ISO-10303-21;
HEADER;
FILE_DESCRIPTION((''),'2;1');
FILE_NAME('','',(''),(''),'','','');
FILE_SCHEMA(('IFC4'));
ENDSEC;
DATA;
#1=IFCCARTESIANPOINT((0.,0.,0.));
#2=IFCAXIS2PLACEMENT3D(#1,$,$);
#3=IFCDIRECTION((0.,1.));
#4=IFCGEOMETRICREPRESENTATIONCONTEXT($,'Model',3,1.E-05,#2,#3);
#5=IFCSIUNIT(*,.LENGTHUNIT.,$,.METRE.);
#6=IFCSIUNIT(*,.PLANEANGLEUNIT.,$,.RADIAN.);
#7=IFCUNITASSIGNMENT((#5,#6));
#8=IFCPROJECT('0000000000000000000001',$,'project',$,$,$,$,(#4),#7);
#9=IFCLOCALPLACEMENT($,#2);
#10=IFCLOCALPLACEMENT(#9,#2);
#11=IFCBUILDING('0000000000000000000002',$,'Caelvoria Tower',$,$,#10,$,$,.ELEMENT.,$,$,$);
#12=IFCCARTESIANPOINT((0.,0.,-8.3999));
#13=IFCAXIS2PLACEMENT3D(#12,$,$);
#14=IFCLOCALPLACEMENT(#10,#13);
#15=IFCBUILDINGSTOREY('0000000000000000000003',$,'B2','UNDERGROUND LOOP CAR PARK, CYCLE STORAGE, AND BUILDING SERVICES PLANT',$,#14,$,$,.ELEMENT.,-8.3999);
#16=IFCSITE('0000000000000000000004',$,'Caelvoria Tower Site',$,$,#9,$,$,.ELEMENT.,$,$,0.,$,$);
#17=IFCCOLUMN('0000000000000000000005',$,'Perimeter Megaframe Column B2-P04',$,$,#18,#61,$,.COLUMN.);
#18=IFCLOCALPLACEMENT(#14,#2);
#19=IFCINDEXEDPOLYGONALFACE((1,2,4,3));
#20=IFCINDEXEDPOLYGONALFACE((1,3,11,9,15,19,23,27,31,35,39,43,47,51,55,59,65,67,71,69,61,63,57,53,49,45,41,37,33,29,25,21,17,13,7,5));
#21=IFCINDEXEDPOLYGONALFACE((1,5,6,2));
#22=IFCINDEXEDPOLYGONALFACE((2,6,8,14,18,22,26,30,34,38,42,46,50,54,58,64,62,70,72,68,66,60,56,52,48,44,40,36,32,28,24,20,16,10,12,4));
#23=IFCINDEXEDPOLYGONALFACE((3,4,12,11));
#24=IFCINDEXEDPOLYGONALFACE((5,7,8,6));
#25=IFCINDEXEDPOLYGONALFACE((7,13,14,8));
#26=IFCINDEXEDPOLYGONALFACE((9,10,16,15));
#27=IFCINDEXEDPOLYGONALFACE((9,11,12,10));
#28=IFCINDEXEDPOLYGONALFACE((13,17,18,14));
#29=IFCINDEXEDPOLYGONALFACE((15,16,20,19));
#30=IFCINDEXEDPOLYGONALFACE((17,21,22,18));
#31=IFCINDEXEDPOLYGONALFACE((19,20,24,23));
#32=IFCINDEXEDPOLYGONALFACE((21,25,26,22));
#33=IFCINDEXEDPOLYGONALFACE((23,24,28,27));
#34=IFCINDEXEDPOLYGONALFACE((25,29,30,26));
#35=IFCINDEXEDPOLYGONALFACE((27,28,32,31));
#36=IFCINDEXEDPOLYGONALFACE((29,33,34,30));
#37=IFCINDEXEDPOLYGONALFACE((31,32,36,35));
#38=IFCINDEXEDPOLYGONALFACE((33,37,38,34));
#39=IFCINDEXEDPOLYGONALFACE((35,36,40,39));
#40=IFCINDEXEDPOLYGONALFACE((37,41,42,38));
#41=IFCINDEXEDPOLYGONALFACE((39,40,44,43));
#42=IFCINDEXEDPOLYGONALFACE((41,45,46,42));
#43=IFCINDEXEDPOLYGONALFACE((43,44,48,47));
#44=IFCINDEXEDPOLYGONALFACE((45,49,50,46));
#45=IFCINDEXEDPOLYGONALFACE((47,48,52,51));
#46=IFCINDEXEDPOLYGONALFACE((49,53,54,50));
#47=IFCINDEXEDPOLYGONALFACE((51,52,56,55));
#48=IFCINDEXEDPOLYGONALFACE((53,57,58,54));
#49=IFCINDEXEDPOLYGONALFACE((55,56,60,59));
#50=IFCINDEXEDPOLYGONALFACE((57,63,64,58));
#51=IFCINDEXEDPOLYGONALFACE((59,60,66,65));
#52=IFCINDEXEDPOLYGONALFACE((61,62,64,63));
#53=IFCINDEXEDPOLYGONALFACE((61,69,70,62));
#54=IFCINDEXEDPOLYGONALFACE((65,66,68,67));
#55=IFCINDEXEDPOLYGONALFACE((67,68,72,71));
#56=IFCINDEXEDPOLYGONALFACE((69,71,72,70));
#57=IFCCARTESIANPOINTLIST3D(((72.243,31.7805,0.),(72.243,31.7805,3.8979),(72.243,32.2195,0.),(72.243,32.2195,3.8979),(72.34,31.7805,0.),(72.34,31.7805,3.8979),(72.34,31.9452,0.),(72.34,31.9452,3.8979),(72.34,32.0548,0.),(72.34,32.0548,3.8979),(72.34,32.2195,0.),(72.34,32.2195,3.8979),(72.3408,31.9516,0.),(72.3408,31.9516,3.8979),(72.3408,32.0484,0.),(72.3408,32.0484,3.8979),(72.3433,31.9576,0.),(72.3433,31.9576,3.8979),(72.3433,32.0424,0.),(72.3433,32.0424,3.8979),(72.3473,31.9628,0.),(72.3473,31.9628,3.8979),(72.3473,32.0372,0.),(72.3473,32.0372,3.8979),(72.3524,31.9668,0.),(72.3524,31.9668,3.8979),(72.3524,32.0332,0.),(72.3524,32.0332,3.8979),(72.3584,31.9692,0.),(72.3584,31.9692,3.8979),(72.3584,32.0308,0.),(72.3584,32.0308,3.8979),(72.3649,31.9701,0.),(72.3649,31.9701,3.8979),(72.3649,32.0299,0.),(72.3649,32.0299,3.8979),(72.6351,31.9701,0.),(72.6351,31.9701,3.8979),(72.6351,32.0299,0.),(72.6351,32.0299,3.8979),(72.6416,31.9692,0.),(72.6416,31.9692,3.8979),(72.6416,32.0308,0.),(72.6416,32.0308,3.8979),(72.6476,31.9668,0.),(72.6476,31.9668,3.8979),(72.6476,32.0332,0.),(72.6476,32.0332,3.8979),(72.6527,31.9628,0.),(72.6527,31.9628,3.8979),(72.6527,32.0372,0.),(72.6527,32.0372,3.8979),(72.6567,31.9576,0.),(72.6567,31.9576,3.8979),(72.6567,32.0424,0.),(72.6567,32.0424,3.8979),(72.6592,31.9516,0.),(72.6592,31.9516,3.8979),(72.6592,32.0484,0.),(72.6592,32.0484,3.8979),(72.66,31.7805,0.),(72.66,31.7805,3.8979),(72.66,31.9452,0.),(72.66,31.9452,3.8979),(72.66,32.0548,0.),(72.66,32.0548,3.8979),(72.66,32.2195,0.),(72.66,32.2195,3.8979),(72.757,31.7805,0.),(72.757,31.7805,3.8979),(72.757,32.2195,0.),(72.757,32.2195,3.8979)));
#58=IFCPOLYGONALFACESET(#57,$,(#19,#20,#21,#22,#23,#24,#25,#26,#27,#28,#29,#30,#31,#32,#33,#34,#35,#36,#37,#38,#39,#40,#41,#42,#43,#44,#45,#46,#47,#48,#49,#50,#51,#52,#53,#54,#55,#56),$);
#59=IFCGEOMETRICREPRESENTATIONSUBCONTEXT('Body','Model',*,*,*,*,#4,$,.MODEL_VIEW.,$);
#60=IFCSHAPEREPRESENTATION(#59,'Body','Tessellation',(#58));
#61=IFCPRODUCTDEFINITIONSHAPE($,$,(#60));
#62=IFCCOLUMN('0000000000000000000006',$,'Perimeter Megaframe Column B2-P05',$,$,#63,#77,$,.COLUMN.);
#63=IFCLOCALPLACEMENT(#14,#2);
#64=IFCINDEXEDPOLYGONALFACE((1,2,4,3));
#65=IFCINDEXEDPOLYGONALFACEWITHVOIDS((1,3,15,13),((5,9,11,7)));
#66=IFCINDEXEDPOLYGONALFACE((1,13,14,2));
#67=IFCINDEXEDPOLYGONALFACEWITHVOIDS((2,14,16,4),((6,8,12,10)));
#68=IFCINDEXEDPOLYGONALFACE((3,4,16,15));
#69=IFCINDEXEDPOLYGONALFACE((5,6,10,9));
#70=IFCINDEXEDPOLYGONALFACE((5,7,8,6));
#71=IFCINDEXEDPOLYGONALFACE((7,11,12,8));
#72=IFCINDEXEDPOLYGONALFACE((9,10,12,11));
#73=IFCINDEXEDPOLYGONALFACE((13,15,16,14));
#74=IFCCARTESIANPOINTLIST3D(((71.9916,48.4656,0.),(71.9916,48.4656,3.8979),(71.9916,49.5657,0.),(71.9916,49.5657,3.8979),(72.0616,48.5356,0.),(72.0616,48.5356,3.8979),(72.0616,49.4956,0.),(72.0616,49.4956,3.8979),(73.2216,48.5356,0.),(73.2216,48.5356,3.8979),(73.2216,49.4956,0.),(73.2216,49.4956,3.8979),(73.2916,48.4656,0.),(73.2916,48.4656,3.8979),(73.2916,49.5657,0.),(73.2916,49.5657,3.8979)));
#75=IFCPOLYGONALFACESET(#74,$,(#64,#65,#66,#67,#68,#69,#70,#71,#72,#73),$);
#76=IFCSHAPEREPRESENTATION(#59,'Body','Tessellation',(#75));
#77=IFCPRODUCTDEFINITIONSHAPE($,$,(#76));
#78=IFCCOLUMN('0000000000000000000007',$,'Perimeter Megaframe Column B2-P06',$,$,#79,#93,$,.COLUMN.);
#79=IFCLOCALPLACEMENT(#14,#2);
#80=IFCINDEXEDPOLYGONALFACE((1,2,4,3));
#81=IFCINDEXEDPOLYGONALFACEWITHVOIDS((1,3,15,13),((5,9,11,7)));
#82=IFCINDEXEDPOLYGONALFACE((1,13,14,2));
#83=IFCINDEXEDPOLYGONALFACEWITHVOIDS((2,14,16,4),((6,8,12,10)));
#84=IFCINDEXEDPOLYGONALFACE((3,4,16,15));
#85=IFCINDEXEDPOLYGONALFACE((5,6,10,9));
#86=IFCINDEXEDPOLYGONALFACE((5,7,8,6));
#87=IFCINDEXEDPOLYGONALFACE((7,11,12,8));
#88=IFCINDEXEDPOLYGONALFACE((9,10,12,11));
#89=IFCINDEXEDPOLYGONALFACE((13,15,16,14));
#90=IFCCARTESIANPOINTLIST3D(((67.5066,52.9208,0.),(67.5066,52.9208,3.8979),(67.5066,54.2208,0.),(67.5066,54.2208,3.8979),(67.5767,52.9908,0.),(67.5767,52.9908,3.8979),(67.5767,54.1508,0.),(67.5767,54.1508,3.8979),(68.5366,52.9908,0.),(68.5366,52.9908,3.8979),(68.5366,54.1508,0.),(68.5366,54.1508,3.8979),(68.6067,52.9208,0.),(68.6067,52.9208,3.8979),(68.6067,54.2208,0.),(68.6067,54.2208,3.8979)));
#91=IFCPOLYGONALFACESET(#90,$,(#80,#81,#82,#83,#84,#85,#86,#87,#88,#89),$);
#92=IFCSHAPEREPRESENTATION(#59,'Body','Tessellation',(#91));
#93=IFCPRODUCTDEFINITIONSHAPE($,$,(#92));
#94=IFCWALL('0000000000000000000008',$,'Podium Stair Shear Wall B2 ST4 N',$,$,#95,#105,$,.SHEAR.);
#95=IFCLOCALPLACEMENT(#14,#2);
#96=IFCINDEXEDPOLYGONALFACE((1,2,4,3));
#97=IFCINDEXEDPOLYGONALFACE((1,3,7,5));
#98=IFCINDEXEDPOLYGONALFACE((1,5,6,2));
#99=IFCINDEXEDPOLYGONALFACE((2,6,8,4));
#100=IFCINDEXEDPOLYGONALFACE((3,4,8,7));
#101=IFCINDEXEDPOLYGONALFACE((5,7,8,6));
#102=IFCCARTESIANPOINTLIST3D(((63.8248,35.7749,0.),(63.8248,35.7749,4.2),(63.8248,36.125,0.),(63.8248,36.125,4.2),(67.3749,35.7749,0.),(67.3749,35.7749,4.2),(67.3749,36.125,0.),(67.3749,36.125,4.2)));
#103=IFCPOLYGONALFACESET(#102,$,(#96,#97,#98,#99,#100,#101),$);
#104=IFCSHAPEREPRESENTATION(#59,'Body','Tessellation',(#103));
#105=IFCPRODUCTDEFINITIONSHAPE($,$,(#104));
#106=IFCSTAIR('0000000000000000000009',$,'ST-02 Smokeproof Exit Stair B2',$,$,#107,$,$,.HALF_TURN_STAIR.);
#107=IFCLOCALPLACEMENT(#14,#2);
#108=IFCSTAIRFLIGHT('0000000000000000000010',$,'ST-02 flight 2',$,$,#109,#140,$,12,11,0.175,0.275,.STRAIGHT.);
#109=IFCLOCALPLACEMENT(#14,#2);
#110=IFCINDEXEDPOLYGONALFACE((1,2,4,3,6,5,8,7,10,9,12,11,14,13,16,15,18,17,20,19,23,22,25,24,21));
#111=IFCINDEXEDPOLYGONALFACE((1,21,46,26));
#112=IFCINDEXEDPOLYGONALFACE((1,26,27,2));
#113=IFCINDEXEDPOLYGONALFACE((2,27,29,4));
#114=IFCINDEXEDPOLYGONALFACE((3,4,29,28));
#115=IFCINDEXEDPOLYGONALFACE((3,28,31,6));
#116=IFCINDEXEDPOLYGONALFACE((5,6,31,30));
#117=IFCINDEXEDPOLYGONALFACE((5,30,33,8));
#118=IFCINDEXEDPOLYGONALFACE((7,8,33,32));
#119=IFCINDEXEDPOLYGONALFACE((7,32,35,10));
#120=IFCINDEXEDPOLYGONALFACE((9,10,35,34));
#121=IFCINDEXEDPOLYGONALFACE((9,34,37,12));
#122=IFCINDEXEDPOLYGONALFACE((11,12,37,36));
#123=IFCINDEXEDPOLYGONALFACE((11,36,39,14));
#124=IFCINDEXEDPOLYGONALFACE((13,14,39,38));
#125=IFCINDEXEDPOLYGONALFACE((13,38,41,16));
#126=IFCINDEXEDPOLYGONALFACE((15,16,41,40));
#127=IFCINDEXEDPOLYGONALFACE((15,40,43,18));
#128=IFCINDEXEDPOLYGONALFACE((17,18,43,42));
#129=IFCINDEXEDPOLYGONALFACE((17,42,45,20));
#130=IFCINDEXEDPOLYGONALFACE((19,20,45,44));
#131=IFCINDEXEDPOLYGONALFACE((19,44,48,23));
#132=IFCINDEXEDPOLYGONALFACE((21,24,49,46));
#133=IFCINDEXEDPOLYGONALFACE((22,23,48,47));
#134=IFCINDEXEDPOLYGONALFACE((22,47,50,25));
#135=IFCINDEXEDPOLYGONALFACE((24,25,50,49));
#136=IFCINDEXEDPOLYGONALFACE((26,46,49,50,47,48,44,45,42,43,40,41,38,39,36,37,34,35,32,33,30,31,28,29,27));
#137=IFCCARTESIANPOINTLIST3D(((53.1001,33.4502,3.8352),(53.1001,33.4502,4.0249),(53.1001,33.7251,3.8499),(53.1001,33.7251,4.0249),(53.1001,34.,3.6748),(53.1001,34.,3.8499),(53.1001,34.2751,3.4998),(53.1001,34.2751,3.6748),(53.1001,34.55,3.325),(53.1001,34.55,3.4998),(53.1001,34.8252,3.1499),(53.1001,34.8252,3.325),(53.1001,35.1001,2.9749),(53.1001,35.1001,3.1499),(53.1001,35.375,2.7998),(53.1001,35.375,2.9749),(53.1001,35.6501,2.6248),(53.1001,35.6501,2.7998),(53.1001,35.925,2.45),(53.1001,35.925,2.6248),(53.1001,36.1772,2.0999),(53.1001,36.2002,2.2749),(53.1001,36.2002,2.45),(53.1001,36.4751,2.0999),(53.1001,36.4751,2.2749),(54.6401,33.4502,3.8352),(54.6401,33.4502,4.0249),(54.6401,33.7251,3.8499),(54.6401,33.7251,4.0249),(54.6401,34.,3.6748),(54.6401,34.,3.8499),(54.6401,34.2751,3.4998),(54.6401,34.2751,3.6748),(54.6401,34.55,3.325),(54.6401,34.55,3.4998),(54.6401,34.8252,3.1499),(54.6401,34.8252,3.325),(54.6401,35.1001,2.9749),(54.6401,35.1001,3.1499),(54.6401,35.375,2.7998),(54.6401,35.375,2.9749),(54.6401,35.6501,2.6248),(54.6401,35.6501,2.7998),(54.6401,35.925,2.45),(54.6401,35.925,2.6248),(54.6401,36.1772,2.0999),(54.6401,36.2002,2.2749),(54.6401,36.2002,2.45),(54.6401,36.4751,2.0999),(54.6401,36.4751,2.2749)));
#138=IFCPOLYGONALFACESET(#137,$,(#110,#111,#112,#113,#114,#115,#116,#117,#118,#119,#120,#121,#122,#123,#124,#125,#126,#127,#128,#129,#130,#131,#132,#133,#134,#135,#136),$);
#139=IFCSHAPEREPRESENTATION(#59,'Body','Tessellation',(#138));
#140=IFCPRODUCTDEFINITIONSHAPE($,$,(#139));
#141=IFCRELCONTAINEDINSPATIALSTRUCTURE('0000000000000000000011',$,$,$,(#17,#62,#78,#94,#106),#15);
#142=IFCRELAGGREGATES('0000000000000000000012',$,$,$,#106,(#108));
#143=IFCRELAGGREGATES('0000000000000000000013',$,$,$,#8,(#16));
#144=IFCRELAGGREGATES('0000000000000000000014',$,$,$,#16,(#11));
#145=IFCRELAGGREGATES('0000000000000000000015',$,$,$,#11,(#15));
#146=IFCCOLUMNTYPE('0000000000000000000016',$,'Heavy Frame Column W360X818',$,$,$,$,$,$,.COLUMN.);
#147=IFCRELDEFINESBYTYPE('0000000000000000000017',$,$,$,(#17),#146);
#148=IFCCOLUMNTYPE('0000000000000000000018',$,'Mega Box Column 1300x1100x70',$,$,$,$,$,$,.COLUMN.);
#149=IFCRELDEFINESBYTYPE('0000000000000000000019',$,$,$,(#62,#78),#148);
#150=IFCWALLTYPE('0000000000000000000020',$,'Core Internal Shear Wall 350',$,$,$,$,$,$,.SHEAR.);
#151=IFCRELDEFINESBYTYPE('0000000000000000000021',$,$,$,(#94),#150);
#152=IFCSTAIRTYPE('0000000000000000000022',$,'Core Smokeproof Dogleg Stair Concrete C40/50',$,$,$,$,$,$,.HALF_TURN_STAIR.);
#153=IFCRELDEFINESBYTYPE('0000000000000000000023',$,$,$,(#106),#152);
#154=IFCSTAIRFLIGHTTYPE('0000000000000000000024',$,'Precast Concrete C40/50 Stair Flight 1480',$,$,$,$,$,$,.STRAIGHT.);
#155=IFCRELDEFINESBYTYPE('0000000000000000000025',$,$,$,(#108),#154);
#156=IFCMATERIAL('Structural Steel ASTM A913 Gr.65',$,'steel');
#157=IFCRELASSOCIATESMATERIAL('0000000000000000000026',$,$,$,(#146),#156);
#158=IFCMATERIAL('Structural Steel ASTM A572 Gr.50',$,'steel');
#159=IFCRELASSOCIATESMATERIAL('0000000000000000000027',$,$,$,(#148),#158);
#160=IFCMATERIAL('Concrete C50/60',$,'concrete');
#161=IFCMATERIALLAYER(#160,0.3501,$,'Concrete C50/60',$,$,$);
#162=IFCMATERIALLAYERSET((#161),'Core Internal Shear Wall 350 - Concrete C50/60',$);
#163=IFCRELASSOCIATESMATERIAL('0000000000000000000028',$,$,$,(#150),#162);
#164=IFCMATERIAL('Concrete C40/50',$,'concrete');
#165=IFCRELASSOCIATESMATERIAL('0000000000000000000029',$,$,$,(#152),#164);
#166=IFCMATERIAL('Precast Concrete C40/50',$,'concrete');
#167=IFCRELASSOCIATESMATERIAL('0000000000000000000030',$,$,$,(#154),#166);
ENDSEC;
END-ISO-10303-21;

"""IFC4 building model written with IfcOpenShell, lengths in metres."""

from ifc_helpers import new_model, si_unit, direction, frame, frame_2d, origin, origin_2d, place, context, subcontext, project, spatial, polyline, rectangle, hollow_rectangle, i_section, outline, extrude, material, layer, layer_set, material_profile, profile_set, type_object, element, aggregate, save


model = new_model("IFC4")

# Units and contexts
model_context = context("Model", 3, precision=1e-05, world=origin(), true_north=direction((0.0, 1.0)))
body_context = subcontext(model_context, "Body", "Model", "MODEL_VIEW")
ifc_project = project(units=[si_unit("LENGTHUNIT", "METRE"), si_unit("PLANEANGLEUNIT", "RADIAN")], contexts=[model_context])

# Site, building, storey
site_placement = place(None, origin())
site = spatial("IfcSite", under=ifc_project, at=site_placement, Name="Caelvoria Tower Site", CompositionType="ELEMENT", RefElevation=0.0)
building_placement = place(site_placement, origin())
building = spatial("IfcBuilding", under=site, at=building_placement, Name="Caelvoria Tower", CompositionType="ELEMENT")
storey_placement = place(building_placement, frame((0.0, 0.0, -8.3999)))
storey = spatial("IfcBuildingStorey", under=building, at=storey_placement, Name="B2", Description="UNDERGROUND LOOP CAR PARK, CYCLE STORAGE, AND BUILDING SERVICES PLANT", CompositionType="ELEMENT", Elevation=-8.3999)

# Shared definitions
ifc_material_1 = material(Name="Concrete C40/50", Category="concrete")

# Columns
ifc_material_2 = material(Name="Concrete C50/60", Category="concrete")
ifc_material_3 = material(Name="Structural Steel ASTM A913 Gr.65", Category="steel")
ifc_material_profile_1 = material_profile(ifc_material_3, i_section(OverallWidth=0.439, OverallDepth=0.5139, WebThickness=0.0598, FlangeThickness=0.0969, FilletRadius=0.0249, at=origin_2d()), Name="Structural Steel ASTM A913 Gr.65")
ifc_profile_set_1 = profile_set([ifc_material_profile_1], Name="W360X818 - Structural Steel ASTM A913 Gr.65")
column_type_1 = type_object("IfcColumnType", Name="Heavy Frame Column W360X818", PredefinedType="COLUMN", material=ifc_profile_set_1)
column_placement = place(storey_placement, frame((72.5, 32.0, 0.0), z_axis=(0.0, 0.0, 1.0), x_axis=(0.0, 1.0, 0.0)))
element("IfcColumn", 1, at=column_placement, inside=storey, type_object=column_type_1, Name="Perimeter Megaframe Column B2-P04", PredefinedType="COLUMN", context=body_context, shape_type="SweptSolid", body=[
    extrude(i_section(OverallWidth=0.439, OverallDepth=0.5139, WebThickness=0.0598, FlangeThickness=0.0969, FilletRadius=0.0249, at=origin_2d()), origin(), (0.0, 0.0, 1.0), 3.8979),
])
ifc_material_4 = material(Name="Structural Steel ASTM A572 Gr.50", Category="steel")
ifc_material_profile_2 = material_profile(ifc_material_4, hollow_rectangle(XDim=1.1001, YDim=1.3, WallThickness=0.0701, at=origin_2d()), Name="Structural Steel ASTM A572 Gr.50")
ifc_profile_set_2 = profile_set([ifc_material_profile_2], Name="BOX1300X1100X70 - Structural Steel ASTM A572 Gr.50")
column_type_2 = type_object("IfcColumnType", Name="Mega Box Column 1300x1100x70", PredefinedType="COLUMN", material=ifc_profile_set_2)
for number, where, z_axis, x_axis, name in (
    (2, (72.6416, 49.0156, 0.0), (0.0, 0.0, 1.0), (0.0, 1.0, 0.0), "Perimeter Megaframe Column B2-P05"),
    (3, (68.0566, 53.5708, 0.0), (0.0, 0.0, 1.0), (1.0, 0.0, 0.0), "Perimeter Megaframe Column B2-P06"),
):
    element("IfcColumn", number, at=place(storey_placement, frame(where, z_axis=z_axis, x_axis=x_axis)), inside=storey, type_object=column_type_2, Name=name, PredefinedType="COLUMN", context=body_context, shape_type="SweptSolid", body=[
        extrude(hollow_rectangle(XDim=1.1001, YDim=1.3, WallThickness=0.0701, at=origin_2d()), origin(), (0.0, 0.0, 1.0), 3.8979),
    ])

# Wall
ifc_layer = layer(ifc_material_2, 0.3501, Name="Concrete C50/60")
ifc_layer_set = layer_set([ifc_layer], Name="Core Internal Shear Wall 350 - Concrete C50/60")
wall_type = type_object("IfcWallType", Name="Core Internal Shear Wall 350", PredefinedType="SHEAR", material=ifc_layer_set)
wall_placement = place(storey_placement, frame((63.825, 35.95, 0.0), z_axis=(0.0, 0.0, 1.0), x_axis=(1.0, 0.0, 0.0)))
element("IfcWall", 4, at=wall_placement, inside=storey, type_object=wall_type, Name="Podium Stair Shear Wall B2 ST4 N", PredefinedType="SHEAR", context=body_context, shape_type="SweptSolid", body=[
    extrude(rectangle(XDim=3.55, YDim=0.3501, at=frame_2d((1.7749, 0.0))), origin(), (0.0, 0.0, 1.0), 4.2),
])

# Stair, stair flight
stair_type = type_object("IfcStairType", Name="Core Smokeproof Dogleg Stair Concrete C40/50", PredefinedType="HALF_TURN_STAIR", material=ifc_material_1)
stair_placement = place(storey_placement, origin())
stair = element("IfcStair", 5, at=stair_placement, inside=storey, type_object=stair_type, Name="ST-02 Smokeproof Exit Stair B2", PredefinedType="HALF_TURN_STAIR")
ifc_material_5 = material(Name="Precast Concrete C40/50", Category="concrete")
stair_flight_type = type_object("IfcStairFlightType", Name="Precast Concrete C40/50 Stair Flight 1480", PredefinedType="STRAIGHT", material=ifc_material_5)
stair_flight_placement = place(storey_placement, frame((53.8701, 36.4751, 2.0999), z_axis=(0.0, 0.0, 1.0), x_axis=(0.0, -1.0, 0.0)))
stair_flight = element("IfcStairFlight", 6, at=stair_flight_placement, type_object=stair_flight_type, Name="ST-02 flight 2", NumberOfRisers=12, NumberOfTreads=11, PredefinedType="STRAIGHT", RiserHeight=0.175, TreadLength=0.275, context=body_context, shape_type="SweptSolid", body=[
    extrude(outline(polyline([(0.0, 0.0), (0.0, 0.175), (0.2749, 0.175), (0.2749, 0.3501), (0.55, 0.3501), (0.55, 0.5249), (0.825, 0.5249), (0.825, 0.7), (1.1001, 0.7), (1.1001, 0.875), (1.375, 0.875), (1.375, 1.05), (1.6499, 1.05), (1.6499, 1.2251), (1.925, 1.2251), (1.925, 1.3999), (2.2, 1.3999), (2.2, 1.575), (2.4751, 1.575), (2.4751, 1.75), (2.75, 1.75), (2.75, 1.925), (3.0249, 1.925), (3.0249, 2.1001), (3.0249, 1.7354), (0.2979, 0.0), (0.0, 0.0)])), frame((0.0, 0.77, 0.0), z_axis=(0.0, -1.0, 0.0), x_axis=(1.0, 0.0, 0.0)), (0.0, 0.0, 1.0), 1.54),
])
aggregate(stair, [stair_flight])

save(model, "model.ifc")
